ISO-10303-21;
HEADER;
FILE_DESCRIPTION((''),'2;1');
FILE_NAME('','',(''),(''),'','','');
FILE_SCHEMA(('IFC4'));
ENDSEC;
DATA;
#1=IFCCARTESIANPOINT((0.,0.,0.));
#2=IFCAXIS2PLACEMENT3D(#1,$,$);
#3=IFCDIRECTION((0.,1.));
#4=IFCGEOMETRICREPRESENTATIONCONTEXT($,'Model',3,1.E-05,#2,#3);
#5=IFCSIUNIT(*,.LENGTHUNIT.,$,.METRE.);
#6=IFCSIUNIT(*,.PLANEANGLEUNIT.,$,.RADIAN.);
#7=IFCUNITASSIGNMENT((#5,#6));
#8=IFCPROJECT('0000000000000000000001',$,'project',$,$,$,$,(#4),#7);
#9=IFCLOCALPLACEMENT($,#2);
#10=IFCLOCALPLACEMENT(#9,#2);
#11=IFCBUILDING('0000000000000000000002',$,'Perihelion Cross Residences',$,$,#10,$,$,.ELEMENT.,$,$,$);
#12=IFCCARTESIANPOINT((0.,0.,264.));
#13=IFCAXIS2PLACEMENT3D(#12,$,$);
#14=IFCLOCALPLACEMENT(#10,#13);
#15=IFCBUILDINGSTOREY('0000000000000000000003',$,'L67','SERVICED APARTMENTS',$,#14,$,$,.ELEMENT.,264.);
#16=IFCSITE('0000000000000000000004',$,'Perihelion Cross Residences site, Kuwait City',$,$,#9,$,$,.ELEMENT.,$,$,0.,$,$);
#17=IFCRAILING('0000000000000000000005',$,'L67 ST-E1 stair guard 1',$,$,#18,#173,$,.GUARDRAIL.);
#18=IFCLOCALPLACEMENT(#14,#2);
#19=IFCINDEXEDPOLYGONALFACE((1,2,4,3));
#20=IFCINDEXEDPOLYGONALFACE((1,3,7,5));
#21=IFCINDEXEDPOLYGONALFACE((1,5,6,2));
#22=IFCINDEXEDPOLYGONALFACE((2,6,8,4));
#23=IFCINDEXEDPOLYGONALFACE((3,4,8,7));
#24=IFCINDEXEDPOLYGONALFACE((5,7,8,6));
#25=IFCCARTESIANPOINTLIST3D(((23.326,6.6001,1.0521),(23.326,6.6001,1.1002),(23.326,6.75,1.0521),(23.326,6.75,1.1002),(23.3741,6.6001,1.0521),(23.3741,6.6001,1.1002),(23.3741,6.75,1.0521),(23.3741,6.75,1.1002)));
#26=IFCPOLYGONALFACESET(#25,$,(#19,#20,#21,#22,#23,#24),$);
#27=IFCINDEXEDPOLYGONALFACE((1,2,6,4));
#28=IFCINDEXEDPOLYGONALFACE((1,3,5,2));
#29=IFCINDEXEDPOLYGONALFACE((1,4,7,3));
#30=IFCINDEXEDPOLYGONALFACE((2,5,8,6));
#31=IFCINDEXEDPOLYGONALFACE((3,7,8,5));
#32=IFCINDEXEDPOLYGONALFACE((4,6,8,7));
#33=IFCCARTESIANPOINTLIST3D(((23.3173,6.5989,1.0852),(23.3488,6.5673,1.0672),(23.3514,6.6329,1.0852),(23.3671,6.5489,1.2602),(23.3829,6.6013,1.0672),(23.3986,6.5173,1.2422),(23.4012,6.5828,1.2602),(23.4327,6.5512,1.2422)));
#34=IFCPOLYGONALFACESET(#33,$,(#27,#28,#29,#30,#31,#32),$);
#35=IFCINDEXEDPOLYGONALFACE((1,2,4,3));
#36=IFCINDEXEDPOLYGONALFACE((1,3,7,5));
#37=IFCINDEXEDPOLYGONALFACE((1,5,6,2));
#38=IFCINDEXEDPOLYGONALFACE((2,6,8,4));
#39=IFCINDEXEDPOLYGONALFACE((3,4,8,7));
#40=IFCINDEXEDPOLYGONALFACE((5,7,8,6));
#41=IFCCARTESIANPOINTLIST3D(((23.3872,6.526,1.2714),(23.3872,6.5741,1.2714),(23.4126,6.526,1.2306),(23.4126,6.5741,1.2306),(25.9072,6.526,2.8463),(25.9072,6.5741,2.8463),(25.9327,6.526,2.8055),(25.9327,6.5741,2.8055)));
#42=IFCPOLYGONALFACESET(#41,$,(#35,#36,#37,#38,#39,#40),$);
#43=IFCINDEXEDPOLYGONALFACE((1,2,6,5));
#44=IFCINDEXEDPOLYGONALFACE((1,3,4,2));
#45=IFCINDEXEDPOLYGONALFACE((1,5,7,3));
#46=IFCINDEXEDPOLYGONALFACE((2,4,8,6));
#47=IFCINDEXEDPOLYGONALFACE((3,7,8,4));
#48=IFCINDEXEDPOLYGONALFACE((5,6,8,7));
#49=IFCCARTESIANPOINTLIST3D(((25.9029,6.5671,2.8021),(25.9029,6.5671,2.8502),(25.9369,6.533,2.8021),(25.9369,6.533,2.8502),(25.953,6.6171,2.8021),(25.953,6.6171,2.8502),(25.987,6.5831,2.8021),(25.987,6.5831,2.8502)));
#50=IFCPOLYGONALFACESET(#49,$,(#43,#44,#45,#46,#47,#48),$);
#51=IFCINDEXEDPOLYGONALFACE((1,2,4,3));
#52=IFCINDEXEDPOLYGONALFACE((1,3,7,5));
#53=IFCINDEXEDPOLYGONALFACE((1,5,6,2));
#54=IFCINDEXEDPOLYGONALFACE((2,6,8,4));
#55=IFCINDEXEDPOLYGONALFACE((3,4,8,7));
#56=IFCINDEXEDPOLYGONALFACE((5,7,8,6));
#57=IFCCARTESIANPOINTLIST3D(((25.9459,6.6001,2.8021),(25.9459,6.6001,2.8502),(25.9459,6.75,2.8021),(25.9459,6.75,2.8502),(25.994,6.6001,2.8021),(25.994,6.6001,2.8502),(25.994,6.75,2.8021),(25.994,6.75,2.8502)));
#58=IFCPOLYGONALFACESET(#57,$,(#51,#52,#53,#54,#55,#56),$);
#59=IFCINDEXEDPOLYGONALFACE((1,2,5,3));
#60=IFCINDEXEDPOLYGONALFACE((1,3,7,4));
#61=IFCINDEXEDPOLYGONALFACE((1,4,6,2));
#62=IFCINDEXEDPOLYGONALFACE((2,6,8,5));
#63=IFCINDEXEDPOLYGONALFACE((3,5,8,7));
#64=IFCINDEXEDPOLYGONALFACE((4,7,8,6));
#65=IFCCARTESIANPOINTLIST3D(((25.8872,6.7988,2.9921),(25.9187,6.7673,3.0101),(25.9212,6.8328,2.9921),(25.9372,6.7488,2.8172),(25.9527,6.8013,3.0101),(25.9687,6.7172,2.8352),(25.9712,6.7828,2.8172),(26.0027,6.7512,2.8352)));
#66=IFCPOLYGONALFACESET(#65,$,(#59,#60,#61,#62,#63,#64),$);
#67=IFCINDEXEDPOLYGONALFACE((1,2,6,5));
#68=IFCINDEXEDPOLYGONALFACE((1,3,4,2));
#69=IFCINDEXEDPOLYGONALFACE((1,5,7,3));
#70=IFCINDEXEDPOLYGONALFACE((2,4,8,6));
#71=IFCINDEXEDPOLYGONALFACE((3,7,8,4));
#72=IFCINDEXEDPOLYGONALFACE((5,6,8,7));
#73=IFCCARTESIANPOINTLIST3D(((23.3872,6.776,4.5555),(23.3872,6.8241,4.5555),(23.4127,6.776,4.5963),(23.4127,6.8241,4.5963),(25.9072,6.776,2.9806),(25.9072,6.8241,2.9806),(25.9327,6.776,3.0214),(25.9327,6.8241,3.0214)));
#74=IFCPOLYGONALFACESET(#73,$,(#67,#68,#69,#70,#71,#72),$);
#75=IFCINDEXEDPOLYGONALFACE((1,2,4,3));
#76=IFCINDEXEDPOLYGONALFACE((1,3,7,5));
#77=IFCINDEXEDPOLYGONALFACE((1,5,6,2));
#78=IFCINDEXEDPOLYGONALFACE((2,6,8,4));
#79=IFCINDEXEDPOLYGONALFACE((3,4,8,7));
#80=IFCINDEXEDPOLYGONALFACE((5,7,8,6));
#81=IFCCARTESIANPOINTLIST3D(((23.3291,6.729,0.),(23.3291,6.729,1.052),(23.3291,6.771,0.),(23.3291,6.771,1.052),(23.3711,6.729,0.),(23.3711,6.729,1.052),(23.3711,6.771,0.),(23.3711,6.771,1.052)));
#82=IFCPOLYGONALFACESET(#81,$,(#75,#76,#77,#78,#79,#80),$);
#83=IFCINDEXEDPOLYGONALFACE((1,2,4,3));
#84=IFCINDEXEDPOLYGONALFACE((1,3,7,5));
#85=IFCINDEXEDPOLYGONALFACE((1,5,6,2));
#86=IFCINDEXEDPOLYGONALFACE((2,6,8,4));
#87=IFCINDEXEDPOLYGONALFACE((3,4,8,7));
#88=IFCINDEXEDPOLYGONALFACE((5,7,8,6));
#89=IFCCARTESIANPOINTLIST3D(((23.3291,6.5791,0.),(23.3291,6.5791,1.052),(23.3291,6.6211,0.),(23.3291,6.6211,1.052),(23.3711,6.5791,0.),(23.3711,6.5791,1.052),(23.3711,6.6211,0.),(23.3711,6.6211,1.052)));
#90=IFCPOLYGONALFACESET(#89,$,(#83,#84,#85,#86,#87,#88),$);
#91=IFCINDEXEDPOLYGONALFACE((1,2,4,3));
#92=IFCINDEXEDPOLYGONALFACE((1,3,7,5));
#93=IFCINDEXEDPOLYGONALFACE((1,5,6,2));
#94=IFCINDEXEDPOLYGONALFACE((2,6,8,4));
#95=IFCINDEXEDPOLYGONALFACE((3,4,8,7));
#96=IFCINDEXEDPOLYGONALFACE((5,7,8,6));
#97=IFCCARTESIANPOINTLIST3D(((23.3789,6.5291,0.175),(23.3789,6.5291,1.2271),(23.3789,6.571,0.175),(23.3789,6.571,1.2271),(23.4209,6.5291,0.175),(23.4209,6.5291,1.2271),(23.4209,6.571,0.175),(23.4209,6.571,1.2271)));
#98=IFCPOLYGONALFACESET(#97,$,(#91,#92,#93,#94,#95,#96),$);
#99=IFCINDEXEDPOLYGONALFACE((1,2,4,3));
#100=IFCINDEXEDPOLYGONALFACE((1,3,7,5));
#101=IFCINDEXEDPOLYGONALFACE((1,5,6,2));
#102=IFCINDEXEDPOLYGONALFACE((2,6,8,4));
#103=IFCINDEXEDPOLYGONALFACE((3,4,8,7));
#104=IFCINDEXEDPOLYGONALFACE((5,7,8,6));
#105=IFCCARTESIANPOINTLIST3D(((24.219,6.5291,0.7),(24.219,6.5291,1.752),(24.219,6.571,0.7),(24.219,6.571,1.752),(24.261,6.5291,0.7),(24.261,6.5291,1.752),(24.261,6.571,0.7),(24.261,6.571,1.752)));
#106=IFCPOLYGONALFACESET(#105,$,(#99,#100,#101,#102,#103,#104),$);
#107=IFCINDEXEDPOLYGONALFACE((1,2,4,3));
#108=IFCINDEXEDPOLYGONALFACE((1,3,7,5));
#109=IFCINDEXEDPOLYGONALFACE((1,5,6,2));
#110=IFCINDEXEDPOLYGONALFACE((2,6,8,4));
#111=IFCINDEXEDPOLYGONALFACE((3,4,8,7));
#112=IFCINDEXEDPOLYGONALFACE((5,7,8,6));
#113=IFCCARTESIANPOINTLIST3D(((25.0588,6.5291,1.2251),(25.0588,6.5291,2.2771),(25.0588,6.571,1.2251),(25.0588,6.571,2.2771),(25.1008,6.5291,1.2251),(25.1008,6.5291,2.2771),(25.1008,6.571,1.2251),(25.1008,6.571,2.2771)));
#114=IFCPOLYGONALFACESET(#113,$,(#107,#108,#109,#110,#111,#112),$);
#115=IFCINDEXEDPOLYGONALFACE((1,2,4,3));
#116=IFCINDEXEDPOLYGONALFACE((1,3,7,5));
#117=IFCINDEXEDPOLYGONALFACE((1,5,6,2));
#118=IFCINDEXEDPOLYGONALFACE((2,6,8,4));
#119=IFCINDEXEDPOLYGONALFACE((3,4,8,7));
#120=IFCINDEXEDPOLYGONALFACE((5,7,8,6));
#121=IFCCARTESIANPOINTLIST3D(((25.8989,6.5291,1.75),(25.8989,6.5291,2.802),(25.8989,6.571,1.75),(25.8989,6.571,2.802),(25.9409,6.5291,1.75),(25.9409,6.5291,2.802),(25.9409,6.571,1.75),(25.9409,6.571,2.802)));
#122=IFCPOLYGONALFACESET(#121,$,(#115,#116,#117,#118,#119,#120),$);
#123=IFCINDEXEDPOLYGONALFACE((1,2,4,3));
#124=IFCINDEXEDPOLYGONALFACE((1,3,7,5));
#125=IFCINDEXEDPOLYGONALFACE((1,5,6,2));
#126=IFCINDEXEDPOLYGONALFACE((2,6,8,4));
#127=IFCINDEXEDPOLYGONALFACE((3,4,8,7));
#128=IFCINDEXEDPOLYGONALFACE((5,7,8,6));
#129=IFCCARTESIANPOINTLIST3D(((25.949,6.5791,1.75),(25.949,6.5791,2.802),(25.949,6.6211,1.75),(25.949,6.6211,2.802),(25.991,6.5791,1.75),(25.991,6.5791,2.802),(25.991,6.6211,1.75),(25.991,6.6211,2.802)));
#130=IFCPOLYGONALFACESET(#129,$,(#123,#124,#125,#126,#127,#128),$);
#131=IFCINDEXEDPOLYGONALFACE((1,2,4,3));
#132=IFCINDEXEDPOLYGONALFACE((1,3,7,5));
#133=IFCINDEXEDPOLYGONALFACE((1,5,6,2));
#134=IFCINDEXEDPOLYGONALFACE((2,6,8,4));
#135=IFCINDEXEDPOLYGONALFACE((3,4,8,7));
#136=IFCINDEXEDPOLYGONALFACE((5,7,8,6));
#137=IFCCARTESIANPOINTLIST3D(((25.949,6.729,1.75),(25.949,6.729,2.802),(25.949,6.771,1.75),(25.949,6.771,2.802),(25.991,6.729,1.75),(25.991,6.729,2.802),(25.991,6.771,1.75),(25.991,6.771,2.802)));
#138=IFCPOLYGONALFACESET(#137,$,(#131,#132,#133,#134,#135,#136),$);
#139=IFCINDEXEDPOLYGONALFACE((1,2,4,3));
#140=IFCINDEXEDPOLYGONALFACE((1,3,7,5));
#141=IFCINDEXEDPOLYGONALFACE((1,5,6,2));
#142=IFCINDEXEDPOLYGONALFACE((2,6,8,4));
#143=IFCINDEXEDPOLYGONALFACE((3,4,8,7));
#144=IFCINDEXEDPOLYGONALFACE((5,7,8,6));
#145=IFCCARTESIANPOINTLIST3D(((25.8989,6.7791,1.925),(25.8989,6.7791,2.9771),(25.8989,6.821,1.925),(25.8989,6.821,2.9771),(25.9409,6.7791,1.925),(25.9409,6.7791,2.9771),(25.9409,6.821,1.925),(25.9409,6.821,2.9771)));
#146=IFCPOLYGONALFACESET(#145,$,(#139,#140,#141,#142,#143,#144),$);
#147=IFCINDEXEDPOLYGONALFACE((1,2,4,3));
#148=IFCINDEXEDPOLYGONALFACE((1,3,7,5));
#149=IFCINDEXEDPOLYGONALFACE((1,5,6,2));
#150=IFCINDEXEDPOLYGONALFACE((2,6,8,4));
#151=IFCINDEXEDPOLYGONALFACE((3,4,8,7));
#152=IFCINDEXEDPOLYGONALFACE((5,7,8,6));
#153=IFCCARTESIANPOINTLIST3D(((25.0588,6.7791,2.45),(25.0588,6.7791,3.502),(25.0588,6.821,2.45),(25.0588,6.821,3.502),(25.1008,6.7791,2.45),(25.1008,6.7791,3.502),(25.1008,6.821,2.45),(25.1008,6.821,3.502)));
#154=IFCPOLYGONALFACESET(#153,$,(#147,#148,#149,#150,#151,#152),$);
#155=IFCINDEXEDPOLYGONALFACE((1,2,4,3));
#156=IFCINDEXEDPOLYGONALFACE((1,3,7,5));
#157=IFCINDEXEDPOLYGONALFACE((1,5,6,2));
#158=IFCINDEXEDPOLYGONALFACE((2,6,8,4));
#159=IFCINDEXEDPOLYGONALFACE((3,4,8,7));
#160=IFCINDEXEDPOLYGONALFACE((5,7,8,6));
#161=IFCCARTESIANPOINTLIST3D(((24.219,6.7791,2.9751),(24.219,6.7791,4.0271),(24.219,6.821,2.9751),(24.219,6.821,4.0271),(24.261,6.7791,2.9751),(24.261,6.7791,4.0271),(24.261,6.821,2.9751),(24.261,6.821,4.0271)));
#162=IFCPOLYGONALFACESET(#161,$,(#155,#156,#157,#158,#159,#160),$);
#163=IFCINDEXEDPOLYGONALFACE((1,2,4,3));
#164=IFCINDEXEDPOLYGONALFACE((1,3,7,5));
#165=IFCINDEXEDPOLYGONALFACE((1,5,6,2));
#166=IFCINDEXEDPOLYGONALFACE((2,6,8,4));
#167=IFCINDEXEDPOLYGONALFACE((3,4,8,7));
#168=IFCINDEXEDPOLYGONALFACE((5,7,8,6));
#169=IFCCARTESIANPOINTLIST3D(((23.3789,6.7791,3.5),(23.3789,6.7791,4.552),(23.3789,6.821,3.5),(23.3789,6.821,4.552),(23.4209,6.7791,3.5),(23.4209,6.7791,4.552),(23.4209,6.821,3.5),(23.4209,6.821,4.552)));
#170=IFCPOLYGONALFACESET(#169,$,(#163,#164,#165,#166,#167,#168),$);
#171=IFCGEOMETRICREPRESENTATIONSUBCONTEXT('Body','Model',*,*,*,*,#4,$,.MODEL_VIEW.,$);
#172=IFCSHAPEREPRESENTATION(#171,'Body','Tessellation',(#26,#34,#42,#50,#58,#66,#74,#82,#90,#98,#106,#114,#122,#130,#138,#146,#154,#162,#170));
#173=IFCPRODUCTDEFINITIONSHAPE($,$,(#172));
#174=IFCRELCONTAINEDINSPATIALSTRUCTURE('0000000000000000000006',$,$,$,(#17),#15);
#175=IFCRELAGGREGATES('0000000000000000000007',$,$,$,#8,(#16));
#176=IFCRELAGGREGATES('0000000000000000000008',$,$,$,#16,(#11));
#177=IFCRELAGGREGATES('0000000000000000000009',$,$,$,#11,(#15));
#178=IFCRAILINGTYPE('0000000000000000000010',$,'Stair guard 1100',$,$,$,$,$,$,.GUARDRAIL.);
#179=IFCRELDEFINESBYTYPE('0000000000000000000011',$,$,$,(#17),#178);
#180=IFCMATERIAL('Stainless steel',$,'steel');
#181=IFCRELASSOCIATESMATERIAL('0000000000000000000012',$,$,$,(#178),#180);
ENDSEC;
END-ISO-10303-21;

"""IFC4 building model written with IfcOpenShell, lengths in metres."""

from ifc_helpers import new_model, si_unit, direction, frame, origin, origin_2d, place, context, subcontext, project, spatial, rectangle, extrude, material, type_object, element, save


model = new_model("IFC4")

# Units and contexts
model_context = context("Model", 3, precision=1e-05, world=origin(), true_north=direction((0.0, 1.0)))
body_context = subcontext(model_context, "Body", "Model", "MODEL_VIEW")
ifc_project = project(units=[si_unit("LENGTHUNIT", "METRE"), si_unit("PLANEANGLEUNIT", "RADIAN")], contexts=[model_context])

# Site, building, storey
site_placement = place(None, origin())
site = spatial("IfcSite", under=ifc_project, at=site_placement, Name="Perihelion Cross Residences site, Kuwait City", CompositionType="ELEMENT", RefElevation=0.0)
building_placement = place(site_placement, origin())
building = spatial("IfcBuilding", under=site, at=building_placement, Name="Perihelion Cross Residences", CompositionType="ELEMENT")
storey_placement = place(building_placement, frame((0.0, 0.0, 264.0)))
storey = spatial("IfcBuildingStorey", under=building, at=storey_placement, Name="L67", Description="SERVICED APARTMENTS", CompositionType="ELEMENT", Elevation=264.0)

# Railing
ifc_material_1 = material(Name="Stainless steel", Category="steel")
railing_type_1 = type_object("IfcRailingType", Name="Stair guard 1100", PredefinedType="GUARDRAIL", material=ifc_material_1)
railing_1_placement = place(storey_placement, frame((23.3501, 6.75, 0.0)))
element("IfcRailing", 1, at=railing_1_placement, inside=storey, type_object=railing_type_1, Name="L67 ST-E1 stair guard 1", PredefinedType="GUARDRAIL", context=body_context, shape_type="SweptSolid", body=[
    extrude(rectangle(XDim=0.0481, YDim=0.0481, at=origin_2d()), frame((0.0, 0.0, 1.0762), z_axis=(0.0, -1.0, 0.0), x_axis=(1.0, 0.0, 0.0)), (0.0, 0.0, 1.0), 0.1499),
    extrude(rectangle(XDim=0.0481, YDim=0.0481, at=origin_2d()), frame((0.0, -0.1499, 1.0762), z_axis=(0.263862, -0.265156, 0.927399), x_axis=(0.708834, 0.705376, 0.0)), (0.0, 0.0, 1.0), 0.1887),
    extrude(rectangle(XDim=0.0481, YDim=0.0481, at=origin_2d()), frame((0.0498, -0.2, 1.251), z_axis=(0.848008, 0.0, 0.529984), x_axis=(0.0, 1.0, 0.0)), (0.0, 0.0, 1.0), 2.9717),
    extrude(rectangle(XDim=0.0481, YDim=0.0481, at=origin_2d()), frame((2.5698, -0.2, 2.8262), z_axis=(0.707107, 0.707107, 0.0), x_axis=(-0.707107, 0.707107, 0.0)), (0.0, 0.0, 1.0), 0.0708),
    extrude(rectangle(XDim=0.0481, YDim=0.0481, at=origin_2d()), frame((2.6199, -0.1499, 2.8262), z_axis=(0.0, 1.0, 0.0), x_axis=(-1.0, 0.0, 0.0)), (0.0, 0.0, 1.0), 0.1499),
    extrude(rectangle(XDim=0.0481, YDim=0.0481, at=origin_2d()), frame((2.6199, 0.0, 2.8262), z_axis=(-0.265065, 0.265065, 0.927082), x_axis=(-0.707107, -0.707107, 0.0)), (0.0, 0.0, 1.0), 0.1887),
    extrude(rectangle(XDim=0.0481, YDim=0.0481, at=origin_2d()), frame((2.5698, 0.05, 3.001), z_axis=(-0.848008, 0.0, 0.529984), x_axis=(0.0, -1.0, 0.0)), (0.0, 0.0, 1.0), 2.9717),
    extrude(rectangle(XDim=0.042, YDim=0.042, at=origin_2d()), origin(), (0.0, 0.0, 1.0), 1.052),
    extrude(rectangle(XDim=0.042, YDim=0.042, at=origin_2d()), frame((0.0, -0.1499, 0.0)), (0.0, 0.0, 1.0), 1.052),
    extrude(rectangle(XDim=0.042, YDim=0.042, at=origin_2d()), frame((0.0498, -0.2, 0.175)), (0.0, 0.0, 1.0), 1.052),
    extrude(rectangle(XDim=0.042, YDim=0.042, at=origin_2d()), frame((0.8899, -0.2, 0.7)), (0.0, 0.0, 1.0), 1.052),
    extrude(rectangle(XDim=0.042, YDim=0.042, at=origin_2d()), frame((1.7297, -0.2, 1.2251)), (0.0, 0.0, 1.0), 1.052),
    extrude(rectangle(XDim=0.042, YDim=0.042, at=origin_2d()), frame((2.5698, -0.2, 1.75)), (0.0, 0.0, 1.0), 1.052),
    extrude(rectangle(XDim=0.042, YDim=0.042, at=origin_2d()), frame((2.6199, -0.1499, 1.75)), (0.0, 0.0, 1.0), 1.052),
    extrude(rectangle(XDim=0.042, YDim=0.042, at=origin_2d()), frame((2.6199, 0.0, 1.75)), (0.0, 0.0, 1.0), 1.052),
    extrude(rectangle(XDim=0.042, YDim=0.042, at=origin_2d()), frame((2.5698, 0.05, 1.925)), (0.0, 0.0, 1.0), 1.052),
    extrude(rectangle(XDim=0.042, YDim=0.042, at=origin_2d()), frame((1.7297, 0.05, 2.45)), (0.0, 0.0, 1.0), 1.052),
    extrude(rectangle(XDim=0.042, YDim=0.042, at=origin_2d()), frame((0.8899, 0.05, 2.9751)), (0.0, 0.0, 1.0), 1.052),
    extrude(rectangle(XDim=0.042, YDim=0.042, at=origin_2d()), frame((0.0498, 0.05, 3.5)), (0.0, 0.0, 1.0), 1.052),
])

save(model, "model.ifc")
